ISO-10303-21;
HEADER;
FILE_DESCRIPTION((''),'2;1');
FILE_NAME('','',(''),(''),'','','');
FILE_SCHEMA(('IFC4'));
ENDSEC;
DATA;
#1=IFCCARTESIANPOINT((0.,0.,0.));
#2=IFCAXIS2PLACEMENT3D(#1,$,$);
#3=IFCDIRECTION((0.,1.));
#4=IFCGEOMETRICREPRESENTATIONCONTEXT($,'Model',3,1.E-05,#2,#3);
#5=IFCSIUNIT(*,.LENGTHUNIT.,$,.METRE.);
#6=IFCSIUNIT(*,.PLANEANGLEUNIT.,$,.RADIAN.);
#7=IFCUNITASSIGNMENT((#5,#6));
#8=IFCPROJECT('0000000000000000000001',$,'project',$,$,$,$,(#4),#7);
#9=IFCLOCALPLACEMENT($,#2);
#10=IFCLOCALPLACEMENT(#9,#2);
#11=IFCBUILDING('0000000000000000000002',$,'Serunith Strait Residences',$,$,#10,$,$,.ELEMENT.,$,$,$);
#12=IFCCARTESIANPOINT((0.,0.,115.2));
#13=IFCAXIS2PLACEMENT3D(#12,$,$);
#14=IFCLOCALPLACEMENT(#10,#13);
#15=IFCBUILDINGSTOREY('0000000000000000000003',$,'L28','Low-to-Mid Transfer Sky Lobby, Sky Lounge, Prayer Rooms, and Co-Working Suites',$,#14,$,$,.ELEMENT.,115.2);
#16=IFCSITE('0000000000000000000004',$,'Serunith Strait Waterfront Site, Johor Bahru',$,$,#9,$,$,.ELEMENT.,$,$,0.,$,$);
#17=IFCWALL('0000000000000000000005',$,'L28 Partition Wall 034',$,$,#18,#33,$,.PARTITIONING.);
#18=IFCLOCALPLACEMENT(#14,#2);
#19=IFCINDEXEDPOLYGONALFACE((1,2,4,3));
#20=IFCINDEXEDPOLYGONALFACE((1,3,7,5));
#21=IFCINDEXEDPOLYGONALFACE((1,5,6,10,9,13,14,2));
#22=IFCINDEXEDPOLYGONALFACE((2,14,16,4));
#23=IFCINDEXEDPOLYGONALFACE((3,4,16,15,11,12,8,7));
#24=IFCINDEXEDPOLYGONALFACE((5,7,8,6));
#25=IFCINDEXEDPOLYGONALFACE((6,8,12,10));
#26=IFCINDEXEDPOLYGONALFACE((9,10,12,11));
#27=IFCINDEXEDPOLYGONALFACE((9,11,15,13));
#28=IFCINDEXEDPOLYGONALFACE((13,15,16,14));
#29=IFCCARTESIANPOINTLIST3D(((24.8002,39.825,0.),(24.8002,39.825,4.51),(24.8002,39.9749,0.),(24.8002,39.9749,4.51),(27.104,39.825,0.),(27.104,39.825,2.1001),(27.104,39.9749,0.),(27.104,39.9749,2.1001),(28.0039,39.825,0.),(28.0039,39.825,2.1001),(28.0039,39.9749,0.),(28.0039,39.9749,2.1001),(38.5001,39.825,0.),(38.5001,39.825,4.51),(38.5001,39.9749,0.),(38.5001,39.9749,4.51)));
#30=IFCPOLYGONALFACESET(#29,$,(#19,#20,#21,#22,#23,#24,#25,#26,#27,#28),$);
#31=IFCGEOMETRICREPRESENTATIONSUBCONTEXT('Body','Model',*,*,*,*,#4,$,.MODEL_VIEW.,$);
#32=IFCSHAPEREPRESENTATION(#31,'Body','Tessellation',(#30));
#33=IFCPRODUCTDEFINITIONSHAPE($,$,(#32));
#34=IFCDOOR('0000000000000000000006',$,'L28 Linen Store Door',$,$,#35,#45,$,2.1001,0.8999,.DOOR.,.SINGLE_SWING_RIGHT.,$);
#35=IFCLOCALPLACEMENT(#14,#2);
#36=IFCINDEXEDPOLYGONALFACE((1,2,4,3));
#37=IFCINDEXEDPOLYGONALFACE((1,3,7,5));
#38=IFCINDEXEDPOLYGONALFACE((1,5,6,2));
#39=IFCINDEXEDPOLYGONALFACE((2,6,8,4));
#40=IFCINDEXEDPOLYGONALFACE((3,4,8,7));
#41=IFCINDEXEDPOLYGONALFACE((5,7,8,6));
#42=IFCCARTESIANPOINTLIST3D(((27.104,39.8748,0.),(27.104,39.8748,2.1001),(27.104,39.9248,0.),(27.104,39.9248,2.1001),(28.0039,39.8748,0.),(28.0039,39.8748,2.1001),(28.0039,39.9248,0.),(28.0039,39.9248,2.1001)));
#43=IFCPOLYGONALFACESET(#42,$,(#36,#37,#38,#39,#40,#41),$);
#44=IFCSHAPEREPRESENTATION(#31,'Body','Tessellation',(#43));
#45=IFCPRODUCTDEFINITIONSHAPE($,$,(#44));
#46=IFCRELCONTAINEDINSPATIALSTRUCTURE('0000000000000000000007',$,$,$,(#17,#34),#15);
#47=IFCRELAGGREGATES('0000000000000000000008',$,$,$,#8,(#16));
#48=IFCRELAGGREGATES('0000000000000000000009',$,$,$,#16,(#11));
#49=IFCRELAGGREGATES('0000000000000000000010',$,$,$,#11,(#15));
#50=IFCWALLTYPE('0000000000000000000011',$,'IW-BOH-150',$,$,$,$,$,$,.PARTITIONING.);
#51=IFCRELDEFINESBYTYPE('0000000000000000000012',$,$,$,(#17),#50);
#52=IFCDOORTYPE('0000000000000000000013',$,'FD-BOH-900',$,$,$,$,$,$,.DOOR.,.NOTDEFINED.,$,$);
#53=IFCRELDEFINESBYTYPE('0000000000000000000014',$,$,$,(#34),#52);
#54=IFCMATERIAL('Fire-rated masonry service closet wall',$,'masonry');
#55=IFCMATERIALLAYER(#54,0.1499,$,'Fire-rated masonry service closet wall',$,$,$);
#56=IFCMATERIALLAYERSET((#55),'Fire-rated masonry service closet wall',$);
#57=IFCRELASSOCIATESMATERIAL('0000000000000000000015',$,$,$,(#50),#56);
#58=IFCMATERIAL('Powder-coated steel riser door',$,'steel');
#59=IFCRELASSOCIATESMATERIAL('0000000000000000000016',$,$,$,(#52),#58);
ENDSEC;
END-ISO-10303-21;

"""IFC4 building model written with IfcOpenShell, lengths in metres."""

from ifc_helpers import new_model, si_unit, direction, frame, frame_2d, origin, place, context, subcontext, project, spatial, rectangle, extrude, source, transform, mapped, material, layer, layer_set, type_object, element, fill, save


model = new_model("IFC4")

# Units and contexts
model_context = context("Model", 3, precision=1e-05, world=origin(), true_north=direction((0.0, 1.0)))
body_context = subcontext(model_context, "Body", "Model", "MODEL_VIEW")
ifc_project = project(units=[si_unit("LENGTHUNIT", "METRE"), si_unit("PLANEANGLEUNIT", "RADIAN")], contexts=[model_context])

# Site, building, storey
site_placement = place(None, origin())
site = spatial("IfcSite", under=ifc_project, at=site_placement, Name="Serunith Strait Waterfront Site, Johor Bahru", CompositionType="ELEMENT", RefElevation=0.0)
building_placement = place(site_placement, origin())
building = spatial("IfcBuilding", under=site, at=building_placement, Name="Serunith Strait Residences", CompositionType="ELEMENT")
storey_placement = place(building_placement, frame((0.0, 0.0, 115.2)))
storey = spatial("IfcBuildingStorey", under=building, at=storey_placement, Name="L28", Description="Low-to-Mid Transfer Sky Lobby, Sky Lounge, Prayer Rooms, and Co-Working Suites", CompositionType="ELEMENT", Elevation=115.2)

# Wall, opening, door
ifc_material_1 = material(Name="Fire-rated masonry service closet wall", Category="masonry")
ifc_layer_1 = layer(ifc_material_1, 0.1499, Name="Fire-rated masonry service closet wall")
ifc_layer_set_1 = layer_set([ifc_layer_1], Name="Fire-rated masonry service closet wall")
wall_type = type_object("IfcWallType", Name="IW-BOH-150", PredefinedType="PARTITIONING", material=ifc_layer_set_1)
wall_placement = place(storey_placement, frame((24.8, 39.8999, 0.0), z_axis=(0.0, 0.0, 1.0), x_axis=(1.0, 0.0, 0.0)))
wall = element("IfcWall", 1, at=wall_placement, inside=storey, type_object=wall_type, Name="L28 Partition Wall 034", PredefinedType="PARTITIONING", context=body_context, shape_type="SweptSolid", body=[
    extrude(rectangle(XDim=13.7, YDim=0.1499, at=frame_2d((6.8501, 0.0))), origin(), (0.0, 0.0, 1.0), 4.51),
])
opening_placement = place(wall_placement, frame((2.304, 0.0, 0.0)))
opening = element("IfcOpeningElement", 2, at=opening_placement, cuts=wall, PredefinedType="OPENING", context=body_context, shape_type="SweptSolid", body=[
    extrude(rectangle(XDim=0.8999, YDim=2.1001, at=frame_2d((0.45, 1.05))), frame((0.0, 0.085, 0.0), z_axis=(0.0, -1.0, 0.0), x_axis=(1.0, 0.0, 0.0)), (0.0, 0.0, 1.0), 0.1699),
])
ifc_material_2 = material(Name="Powder-coated steel riser door", Category="steel")
door_type = type_object("IfcDoorType", Name="FD-BOH-900", OperationType="NOTDEFINED", PredefinedType="DOOR", material=ifc_material_2)
shared_shape_1 = source(origin(), body_context, "Body", "SweptSolid", [
    extrude(rectangle(XDim=0.8999, YDim=2.1001, at=frame_2d((0.45, 1.05))), frame((0.0, 0.0249, 0.0), z_axis=(0.0, -1.0, 0.0), x_axis=(1.0, 0.0, 0.0)), (0.0, 0.0, 1.0), 0.05),
])
door_placement = place(opening_placement, origin())
door = element("IfcDoor", 3, at=door_placement, inside=storey, type_object=door_type, Name="L28 Linen Store Door", OperationType="SINGLE_SWING_RIGHT", OverallHeight=2.1001, OverallWidth=0.8999, PredefinedType="DOOR", context=body_context, shape_type="MappedRepresentation", body=[
    mapped(shared_shape_1, transform((0.0, 0.0, 0.0), scale=1.0)),
])
fill(opening, door)

save(model, "model.ifc")
